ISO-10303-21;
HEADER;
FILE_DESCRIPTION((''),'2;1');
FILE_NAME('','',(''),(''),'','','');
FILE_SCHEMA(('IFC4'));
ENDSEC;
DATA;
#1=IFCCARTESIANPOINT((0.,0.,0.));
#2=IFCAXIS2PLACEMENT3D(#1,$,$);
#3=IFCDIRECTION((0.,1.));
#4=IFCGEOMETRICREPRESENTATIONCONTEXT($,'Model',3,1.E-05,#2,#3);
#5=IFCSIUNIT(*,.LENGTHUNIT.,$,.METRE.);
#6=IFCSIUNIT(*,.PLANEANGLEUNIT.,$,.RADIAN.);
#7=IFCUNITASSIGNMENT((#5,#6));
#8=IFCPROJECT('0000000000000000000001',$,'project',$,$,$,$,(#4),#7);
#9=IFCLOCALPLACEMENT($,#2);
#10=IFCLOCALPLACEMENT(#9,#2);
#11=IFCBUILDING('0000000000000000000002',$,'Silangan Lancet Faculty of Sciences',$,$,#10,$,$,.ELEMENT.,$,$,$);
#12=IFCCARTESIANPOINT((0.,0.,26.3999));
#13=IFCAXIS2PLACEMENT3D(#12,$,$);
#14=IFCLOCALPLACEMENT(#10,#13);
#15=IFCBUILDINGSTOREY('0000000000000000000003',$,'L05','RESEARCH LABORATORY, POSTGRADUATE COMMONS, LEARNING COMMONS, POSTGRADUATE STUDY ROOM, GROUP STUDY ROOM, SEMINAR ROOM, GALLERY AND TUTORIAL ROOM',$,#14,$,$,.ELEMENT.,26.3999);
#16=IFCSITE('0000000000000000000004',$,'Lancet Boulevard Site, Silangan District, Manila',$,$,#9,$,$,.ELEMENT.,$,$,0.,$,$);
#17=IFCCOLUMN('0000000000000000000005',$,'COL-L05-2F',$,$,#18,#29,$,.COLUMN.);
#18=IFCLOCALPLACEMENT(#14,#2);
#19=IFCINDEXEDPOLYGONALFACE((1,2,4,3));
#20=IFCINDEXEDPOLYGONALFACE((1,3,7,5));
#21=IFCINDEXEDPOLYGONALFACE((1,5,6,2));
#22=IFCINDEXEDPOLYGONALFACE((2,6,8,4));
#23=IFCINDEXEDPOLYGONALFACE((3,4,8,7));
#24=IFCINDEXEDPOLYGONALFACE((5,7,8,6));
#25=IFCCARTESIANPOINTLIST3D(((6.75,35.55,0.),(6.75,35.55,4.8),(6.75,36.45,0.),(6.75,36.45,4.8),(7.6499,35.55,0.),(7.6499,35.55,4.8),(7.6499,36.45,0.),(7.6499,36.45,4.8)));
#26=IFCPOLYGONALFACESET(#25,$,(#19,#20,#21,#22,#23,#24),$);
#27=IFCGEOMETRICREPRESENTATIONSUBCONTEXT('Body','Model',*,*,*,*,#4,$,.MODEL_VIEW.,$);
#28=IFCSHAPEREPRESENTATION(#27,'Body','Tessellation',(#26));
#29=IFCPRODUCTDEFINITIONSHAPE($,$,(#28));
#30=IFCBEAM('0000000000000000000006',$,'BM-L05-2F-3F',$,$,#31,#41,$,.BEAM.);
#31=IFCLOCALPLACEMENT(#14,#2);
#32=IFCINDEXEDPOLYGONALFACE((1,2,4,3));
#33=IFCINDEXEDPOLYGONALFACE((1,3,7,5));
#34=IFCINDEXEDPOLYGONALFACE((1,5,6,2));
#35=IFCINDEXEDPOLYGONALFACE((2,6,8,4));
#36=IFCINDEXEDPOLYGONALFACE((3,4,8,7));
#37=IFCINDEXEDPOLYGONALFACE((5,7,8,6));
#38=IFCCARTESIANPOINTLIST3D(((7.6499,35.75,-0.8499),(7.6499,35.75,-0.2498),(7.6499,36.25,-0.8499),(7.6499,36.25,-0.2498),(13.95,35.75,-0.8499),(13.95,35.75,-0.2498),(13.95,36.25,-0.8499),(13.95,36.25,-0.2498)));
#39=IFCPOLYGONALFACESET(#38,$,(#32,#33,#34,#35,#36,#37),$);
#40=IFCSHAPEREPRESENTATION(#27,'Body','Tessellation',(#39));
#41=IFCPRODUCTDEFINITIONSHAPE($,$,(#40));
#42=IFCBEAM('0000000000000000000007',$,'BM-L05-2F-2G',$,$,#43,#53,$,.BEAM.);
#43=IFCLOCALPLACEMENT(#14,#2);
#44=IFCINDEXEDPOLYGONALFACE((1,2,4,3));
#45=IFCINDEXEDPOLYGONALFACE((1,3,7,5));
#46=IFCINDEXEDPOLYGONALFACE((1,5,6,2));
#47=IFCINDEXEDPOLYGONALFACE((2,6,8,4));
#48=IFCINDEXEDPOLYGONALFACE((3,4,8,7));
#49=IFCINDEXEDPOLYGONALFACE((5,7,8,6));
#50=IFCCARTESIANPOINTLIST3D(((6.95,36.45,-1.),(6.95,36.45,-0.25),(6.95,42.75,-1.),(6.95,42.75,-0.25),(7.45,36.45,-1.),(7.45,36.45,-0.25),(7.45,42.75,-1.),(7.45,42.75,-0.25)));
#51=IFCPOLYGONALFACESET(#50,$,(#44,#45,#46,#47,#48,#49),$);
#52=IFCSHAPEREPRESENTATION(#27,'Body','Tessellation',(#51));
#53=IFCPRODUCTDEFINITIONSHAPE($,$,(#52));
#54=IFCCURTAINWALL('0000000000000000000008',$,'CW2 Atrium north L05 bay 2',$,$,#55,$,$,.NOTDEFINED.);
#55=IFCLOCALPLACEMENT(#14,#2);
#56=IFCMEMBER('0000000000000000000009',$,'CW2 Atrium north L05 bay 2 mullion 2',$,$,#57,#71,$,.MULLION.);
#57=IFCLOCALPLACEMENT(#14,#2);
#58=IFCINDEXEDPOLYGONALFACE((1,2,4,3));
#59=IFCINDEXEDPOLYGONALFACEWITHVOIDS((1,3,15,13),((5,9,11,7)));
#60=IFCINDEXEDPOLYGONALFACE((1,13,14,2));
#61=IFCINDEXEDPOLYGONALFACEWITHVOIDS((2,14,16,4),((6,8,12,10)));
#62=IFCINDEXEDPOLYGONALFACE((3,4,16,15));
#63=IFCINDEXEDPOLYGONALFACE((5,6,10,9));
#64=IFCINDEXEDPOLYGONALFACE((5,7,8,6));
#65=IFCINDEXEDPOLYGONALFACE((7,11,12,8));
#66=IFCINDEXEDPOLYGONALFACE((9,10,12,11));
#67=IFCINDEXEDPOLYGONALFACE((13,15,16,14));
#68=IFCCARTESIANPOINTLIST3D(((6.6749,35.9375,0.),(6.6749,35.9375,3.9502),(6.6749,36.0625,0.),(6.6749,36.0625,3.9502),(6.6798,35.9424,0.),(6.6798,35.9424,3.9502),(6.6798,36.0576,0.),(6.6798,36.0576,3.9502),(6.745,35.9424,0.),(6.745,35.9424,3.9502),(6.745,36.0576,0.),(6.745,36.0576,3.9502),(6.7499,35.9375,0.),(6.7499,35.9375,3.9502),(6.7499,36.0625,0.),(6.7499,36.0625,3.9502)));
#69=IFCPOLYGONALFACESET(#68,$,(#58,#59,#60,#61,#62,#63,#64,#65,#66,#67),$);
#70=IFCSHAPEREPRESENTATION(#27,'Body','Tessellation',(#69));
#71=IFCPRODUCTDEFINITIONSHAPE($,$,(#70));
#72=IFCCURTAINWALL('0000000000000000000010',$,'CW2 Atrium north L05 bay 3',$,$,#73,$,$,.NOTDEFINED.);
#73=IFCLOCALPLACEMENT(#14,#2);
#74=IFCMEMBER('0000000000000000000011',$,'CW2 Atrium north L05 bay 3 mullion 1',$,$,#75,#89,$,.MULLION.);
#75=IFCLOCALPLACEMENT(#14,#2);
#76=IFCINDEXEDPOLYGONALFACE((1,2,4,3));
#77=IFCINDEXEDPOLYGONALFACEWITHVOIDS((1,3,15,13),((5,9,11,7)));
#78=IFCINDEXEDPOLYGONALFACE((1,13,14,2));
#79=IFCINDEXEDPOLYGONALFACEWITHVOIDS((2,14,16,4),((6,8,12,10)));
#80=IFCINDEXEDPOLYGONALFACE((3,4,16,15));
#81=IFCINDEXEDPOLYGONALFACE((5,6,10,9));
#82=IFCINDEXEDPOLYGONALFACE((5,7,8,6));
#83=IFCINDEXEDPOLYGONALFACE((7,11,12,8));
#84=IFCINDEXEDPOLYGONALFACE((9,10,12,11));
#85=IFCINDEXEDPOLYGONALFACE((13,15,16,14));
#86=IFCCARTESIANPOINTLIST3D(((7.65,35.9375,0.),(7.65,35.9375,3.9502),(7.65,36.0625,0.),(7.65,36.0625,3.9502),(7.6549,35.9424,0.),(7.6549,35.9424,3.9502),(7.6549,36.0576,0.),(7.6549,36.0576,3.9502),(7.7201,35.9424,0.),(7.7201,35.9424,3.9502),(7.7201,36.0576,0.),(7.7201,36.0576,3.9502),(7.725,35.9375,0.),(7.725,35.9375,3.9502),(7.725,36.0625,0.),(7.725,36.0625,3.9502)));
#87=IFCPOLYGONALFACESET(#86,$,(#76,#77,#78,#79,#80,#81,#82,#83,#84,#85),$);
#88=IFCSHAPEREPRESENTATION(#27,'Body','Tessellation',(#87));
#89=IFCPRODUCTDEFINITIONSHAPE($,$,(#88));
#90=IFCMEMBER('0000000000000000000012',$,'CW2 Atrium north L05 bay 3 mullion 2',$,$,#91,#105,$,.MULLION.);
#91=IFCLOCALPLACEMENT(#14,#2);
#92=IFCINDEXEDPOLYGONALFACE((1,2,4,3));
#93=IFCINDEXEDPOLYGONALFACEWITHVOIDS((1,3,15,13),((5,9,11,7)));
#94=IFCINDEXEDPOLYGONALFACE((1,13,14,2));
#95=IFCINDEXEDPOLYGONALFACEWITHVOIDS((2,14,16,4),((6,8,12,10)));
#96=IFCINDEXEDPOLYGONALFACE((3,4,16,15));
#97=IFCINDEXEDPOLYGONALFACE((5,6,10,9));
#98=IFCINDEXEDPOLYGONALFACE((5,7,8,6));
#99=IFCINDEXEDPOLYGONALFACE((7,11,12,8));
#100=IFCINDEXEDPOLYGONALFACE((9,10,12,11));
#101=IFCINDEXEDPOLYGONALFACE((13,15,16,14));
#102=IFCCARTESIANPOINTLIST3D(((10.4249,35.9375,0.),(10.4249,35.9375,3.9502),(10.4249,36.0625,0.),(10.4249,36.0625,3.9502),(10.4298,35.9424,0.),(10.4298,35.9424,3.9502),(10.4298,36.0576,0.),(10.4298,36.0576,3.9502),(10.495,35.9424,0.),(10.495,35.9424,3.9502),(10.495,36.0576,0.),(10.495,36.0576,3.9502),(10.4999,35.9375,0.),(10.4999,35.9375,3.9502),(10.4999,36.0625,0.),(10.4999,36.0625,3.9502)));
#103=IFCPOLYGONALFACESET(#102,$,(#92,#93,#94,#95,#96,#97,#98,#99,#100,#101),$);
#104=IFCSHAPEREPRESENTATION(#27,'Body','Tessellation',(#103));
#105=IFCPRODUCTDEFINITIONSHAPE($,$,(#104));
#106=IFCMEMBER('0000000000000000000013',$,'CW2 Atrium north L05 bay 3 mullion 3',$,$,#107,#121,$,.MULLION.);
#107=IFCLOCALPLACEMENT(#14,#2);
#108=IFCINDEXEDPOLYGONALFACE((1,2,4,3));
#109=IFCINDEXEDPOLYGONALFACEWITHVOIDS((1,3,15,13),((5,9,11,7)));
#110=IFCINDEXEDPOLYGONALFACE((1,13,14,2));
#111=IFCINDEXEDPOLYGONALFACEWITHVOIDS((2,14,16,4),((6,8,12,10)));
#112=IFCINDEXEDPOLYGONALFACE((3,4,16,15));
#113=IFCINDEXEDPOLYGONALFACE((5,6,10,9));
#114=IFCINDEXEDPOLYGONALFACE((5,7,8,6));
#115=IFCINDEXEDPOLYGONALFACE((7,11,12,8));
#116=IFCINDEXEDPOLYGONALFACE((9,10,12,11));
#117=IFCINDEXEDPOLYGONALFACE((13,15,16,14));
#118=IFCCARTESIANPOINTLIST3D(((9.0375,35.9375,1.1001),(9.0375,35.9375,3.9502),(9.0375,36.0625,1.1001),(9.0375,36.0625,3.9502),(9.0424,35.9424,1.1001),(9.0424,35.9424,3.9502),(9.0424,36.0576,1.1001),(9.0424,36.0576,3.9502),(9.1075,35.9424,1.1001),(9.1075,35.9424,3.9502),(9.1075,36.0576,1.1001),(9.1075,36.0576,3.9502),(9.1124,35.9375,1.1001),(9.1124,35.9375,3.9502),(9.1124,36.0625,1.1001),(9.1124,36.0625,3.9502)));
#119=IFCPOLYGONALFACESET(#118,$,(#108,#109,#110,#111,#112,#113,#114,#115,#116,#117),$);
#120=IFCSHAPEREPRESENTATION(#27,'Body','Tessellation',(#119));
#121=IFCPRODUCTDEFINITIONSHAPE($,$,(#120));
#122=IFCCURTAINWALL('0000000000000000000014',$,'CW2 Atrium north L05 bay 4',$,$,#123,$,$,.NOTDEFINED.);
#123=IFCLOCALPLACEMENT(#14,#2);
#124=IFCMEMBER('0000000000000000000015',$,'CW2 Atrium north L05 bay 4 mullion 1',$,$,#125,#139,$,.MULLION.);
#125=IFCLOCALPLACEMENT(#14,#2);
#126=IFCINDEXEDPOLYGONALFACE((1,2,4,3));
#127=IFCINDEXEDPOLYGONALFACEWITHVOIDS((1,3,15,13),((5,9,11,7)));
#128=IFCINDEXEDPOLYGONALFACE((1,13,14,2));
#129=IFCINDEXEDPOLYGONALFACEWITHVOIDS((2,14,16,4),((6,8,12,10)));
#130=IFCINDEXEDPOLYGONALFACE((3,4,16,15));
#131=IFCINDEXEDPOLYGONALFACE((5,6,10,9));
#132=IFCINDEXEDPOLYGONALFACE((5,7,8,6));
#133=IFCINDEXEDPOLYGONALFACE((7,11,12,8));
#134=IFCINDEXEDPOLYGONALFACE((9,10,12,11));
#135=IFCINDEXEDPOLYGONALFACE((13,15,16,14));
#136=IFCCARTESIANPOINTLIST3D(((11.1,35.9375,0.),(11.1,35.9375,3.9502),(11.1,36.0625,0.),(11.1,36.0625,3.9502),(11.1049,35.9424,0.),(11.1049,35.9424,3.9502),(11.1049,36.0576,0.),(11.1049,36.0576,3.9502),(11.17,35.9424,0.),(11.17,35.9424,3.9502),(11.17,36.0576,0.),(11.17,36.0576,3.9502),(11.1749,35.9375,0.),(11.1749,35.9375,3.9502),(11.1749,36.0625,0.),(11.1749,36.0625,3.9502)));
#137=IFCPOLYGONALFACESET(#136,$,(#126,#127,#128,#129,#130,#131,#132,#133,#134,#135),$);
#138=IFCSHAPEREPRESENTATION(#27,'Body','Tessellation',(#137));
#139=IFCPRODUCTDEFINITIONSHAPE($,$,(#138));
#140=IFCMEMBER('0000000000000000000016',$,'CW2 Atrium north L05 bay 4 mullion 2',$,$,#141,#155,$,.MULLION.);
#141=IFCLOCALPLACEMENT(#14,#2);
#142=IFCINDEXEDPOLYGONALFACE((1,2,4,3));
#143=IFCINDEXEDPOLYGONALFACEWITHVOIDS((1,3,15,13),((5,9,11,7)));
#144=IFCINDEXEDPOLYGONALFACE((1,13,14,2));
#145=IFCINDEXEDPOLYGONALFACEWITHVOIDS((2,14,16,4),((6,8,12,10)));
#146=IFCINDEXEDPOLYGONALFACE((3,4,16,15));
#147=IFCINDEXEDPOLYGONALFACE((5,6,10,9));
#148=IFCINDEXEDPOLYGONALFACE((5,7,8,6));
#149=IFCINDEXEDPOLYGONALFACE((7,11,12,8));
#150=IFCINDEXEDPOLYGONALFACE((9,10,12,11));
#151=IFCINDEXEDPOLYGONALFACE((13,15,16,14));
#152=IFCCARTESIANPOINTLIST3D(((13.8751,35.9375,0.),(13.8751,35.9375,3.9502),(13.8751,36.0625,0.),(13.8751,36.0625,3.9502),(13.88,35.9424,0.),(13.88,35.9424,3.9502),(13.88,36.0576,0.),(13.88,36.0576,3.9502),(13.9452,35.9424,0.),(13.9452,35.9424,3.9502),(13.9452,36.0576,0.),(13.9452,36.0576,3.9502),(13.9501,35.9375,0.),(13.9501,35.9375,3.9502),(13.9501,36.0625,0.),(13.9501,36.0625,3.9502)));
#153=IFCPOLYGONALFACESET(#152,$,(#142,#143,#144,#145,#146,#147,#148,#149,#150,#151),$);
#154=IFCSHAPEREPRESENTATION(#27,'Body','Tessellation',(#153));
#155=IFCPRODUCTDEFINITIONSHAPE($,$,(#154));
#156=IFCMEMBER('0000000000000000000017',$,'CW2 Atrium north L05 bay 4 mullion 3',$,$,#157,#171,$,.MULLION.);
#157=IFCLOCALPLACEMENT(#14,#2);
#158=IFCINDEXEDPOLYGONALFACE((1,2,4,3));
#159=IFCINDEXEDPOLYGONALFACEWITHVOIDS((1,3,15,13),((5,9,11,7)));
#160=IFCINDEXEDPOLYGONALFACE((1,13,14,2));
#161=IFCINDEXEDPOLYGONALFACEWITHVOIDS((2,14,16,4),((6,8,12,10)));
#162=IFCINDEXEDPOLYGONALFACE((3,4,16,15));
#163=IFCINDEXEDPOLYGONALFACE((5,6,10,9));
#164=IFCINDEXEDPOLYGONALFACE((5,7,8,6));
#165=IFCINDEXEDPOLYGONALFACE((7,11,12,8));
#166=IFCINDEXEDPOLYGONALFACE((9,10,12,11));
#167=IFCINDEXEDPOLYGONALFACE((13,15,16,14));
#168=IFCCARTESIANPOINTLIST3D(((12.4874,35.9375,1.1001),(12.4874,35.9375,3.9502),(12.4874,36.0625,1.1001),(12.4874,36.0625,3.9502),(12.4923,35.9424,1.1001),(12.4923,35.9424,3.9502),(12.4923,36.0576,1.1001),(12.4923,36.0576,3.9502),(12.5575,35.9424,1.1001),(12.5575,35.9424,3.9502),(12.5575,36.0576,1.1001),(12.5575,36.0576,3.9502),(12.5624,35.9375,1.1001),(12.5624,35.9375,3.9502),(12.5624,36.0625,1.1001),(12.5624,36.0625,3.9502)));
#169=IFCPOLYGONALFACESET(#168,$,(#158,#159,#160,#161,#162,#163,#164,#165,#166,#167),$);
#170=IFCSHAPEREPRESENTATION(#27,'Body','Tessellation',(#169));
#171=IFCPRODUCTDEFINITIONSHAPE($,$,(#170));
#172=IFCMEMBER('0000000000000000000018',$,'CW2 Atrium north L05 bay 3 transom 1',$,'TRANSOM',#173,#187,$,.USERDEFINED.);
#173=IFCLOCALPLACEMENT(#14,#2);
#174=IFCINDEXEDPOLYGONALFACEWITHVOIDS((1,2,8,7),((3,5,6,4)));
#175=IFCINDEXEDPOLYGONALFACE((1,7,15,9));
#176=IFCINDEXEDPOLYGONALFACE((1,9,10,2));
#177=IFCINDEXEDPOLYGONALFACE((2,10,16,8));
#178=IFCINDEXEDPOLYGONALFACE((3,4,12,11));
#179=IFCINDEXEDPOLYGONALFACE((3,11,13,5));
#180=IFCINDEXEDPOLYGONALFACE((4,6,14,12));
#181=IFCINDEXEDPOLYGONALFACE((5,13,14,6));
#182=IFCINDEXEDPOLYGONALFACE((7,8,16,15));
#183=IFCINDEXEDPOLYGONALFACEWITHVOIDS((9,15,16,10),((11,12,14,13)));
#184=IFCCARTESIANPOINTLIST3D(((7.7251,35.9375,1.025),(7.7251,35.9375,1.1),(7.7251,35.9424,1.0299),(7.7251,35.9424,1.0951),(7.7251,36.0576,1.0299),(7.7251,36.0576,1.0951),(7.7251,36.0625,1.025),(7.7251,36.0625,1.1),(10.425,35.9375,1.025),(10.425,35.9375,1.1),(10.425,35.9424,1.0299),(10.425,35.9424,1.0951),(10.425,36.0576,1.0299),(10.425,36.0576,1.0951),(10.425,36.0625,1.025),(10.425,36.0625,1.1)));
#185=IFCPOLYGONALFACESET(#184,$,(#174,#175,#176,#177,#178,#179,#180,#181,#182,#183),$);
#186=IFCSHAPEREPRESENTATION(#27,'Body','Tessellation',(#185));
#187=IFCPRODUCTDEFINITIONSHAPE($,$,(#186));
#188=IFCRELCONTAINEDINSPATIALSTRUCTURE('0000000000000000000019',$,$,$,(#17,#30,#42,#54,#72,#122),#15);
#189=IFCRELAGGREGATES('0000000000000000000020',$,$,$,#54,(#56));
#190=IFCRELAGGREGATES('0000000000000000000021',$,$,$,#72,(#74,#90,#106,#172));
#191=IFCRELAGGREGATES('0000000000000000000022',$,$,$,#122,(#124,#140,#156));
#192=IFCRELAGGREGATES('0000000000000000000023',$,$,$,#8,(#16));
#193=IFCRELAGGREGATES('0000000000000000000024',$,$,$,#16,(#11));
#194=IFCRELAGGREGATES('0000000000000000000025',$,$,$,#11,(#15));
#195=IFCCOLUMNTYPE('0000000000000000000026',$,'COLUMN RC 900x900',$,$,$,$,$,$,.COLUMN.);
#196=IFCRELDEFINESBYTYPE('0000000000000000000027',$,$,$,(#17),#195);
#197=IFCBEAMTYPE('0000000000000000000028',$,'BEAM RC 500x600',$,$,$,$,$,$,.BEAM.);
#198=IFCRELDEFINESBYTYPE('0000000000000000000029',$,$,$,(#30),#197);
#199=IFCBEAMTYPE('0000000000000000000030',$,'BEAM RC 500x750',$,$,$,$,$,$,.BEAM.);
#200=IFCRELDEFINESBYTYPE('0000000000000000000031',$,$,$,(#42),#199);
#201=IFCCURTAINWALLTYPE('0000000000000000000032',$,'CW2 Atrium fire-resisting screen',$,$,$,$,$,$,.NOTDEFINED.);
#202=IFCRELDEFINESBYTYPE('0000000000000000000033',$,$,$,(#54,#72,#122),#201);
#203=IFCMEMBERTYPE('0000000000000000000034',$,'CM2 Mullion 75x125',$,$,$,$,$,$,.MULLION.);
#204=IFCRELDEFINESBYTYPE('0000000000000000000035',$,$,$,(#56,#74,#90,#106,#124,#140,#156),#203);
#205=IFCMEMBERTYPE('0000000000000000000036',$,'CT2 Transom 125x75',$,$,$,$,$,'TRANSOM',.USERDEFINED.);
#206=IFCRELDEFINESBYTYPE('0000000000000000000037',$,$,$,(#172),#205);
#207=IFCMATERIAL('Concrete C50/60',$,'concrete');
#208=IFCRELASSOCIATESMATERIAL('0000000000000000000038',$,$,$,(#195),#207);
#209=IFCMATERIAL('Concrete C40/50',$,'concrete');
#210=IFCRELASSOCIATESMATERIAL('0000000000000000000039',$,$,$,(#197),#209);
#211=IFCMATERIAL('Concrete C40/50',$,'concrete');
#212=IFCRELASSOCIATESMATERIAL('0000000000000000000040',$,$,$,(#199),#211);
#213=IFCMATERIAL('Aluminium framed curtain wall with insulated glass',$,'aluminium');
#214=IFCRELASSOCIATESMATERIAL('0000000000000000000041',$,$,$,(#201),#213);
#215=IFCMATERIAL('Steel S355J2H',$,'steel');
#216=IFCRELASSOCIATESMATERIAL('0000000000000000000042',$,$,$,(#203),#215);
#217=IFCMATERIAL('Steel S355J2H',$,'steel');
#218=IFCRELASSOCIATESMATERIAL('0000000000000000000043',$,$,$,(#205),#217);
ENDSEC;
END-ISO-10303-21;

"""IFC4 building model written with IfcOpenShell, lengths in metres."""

from ifc_helpers import new_model, si_unit, direction, frame, origin, origin_2d, place, context, subcontext, project, spatial, rectangle, hollow_rectangle, extrude, material, material_profile, profile_set, type_object, element, aggregate, save


model = new_model("IFC4")

# Units and contexts
model_context = context("Model", 3, precision=1e-05, world=origin(), true_north=direction((0.0, 1.0)))
body_context = subcontext(model_context, "Body", "Model", "MODEL_VIEW")
ifc_project = project(units=[si_unit("LENGTHUNIT", "METRE"), si_unit("PLANEANGLEUNIT", "RADIAN")], contexts=[model_context])

# Site, building, storey
site_placement = place(None, origin())
site = spatial("IfcSite", under=ifc_project, at=site_placement, Name="Lancet Boulevard Site, Silangan District, Manila", CompositionType="ELEMENT", RefElevation=0.0)
building_placement = place(site_placement, origin())
building = spatial("IfcBuilding", under=site, at=building_placement, Name="Silangan Lancet Faculty of Sciences", CompositionType="ELEMENT")
storey_placement = place(building_placement, frame((0.0, 0.0, 26.3999)))
storey = spatial("IfcBuildingStorey", under=building, at=storey_placement, Name="L05", Description="RESEARCH LABORATORY, POSTGRADUATE COMMONS, LEARNING COMMONS, POSTGRADUATE STUDY ROOM, GROUP STUDY ROOM, SEMINAR ROOM, GALLERY AND TUTORIAL ROOM", CompositionType="ELEMENT", Elevation=26.3999)

# Column
ifc_material_1 = material(Name="Concrete C50/60", Category="concrete")
ifc_material_profile_1 = material_profile(ifc_material_1, rectangle(XDim=0.8999, YDim=0.8999, at=origin_2d()), Name="RC 900x900")
ifc_profile_set_1 = profile_set([ifc_material_profile_1], Name="Concrete C50/60")
column_type = type_object("IfcColumnType", Name="COLUMN RC 900x900", PredefinedType="COLUMN", material=ifc_profile_set_1)
column_placement = place(storey_placement, frame((7.2, 36.0, 0.0), z_axis=(0.0, 0.0, 1.0), x_axis=(1.0, 0.0, 0.0)))
element("IfcColumn", 1, at=column_placement, inside=storey, type_object=column_type, Name="COL-L05-2F", PredefinedType="COLUMN", context=body_context, shape_type="SweptSolid", body=[
    extrude(rectangle(XDim=0.8999, YDim=0.8999, at=origin_2d()), origin(), (0.0, 0.0, 1.0), 4.8),
])

# Beams
ifc_material_2 = material(Name="Concrete C40/50", Category="concrete")
ifc_material_profile_2 = material_profile(ifc_material_2, rectangle(XDim=0.5, YDim=0.6001, at=origin_2d()), Name="RC 500x600")
ifc_profile_set_2 = profile_set([ifc_material_profile_2], Name="Concrete C40/50")
beam_type_1 = type_object("IfcBeamType", Name="BEAM RC 500x600", PredefinedType="BEAM", material=ifc_profile_set_2)
beam_1_placement = place(storey_placement, frame((7.6499, 36.0, -0.5498), z_axis=(1.0, 0.0, 0.0), x_axis=(0.0, 1.0, 0.0)))
element("IfcBeam", 2, at=beam_1_placement, inside=storey, type_object=beam_type_1, Name="BM-L05-2F-3F", PredefinedType="BEAM", context=body_context, shape_type="SweptSolid", body=[
    extrude(rectangle(XDim=0.5, YDim=0.6001, at=origin_2d()), origin(), (0.0, 0.0, 1.0), 6.3),
])
ifc_material_3 = material(Name="Concrete C40/50", Category="concrete")
ifc_material_profile_3 = material_profile(ifc_material_3, rectangle(XDim=0.5, YDim=0.75, at=origin_2d()), Name="RC 500x750")
ifc_profile_set_3 = profile_set([ifc_material_profile_3], Name="Concrete C40/50")
beam_type_2 = type_object("IfcBeamType", Name="BEAM RC 500x750", PredefinedType="BEAM", material=ifc_profile_set_3)
beam_2_placement = place(storey_placement, frame((7.2, 36.45, -0.625), z_axis=(0.0, 1.0, 0.0), x_axis=(-1.0, 0.0, 0.0)))
element("IfcBeam", 3, at=beam_2_placement, inside=storey, type_object=beam_type_2, Name="BM-L05-2F-2G", PredefinedType="BEAM", context=body_context, shape_type="SweptSolid", body=[
    extrude(rectangle(XDim=0.5, YDim=0.75, at=origin_2d()), origin(), (0.0, 0.0, 1.0), 6.3),
])

# Curtain wall, member
ifc_material_4 = material(Name="Aluminium framed curtain wall with insulated glass", Category="aluminium")
curtain_wall_type = type_object("IfcCurtainWallType", Name="CW2 Atrium fire-resisting screen", PredefinedType="NOTDEFINED", material=ifc_material_4)
curtain_wall_1_placement = place(storey_placement, origin())
curtain_wall_1 = element("IfcCurtainWall", 4, at=curtain_wall_1_placement, inside=storey, type_object=curtain_wall_type, Name="CW2 Atrium north L05 bay 2", PredefinedType="NOTDEFINED")
ifc_material_5 = material(Name="Steel S355J2H", Category="steel")
ifc_material_profile_4 = material_profile(ifc_material_5, hollow_rectangle(XDim=0.075, YDim=0.125, WallThickness=0.0049, at=origin_2d()), Name="ST BOX 75x125x5")
ifc_profile_set_4 = profile_set([ifc_material_profile_4], Name="Steel S355J2H")
member_type_1 = type_object("IfcMemberType", Name="CM2 Mullion 75x125", PredefinedType="MULLION", material=ifc_profile_set_4)
member_1_placement = place(storey_placement, frame((6.7124, 36.0, 0.0), z_axis=(0.0, 0.0, 1.0), x_axis=(1.0, 0.0, 0.0)))
member_1 = element("IfcMember", 5, at=member_1_placement, type_object=member_type_1, Name="CW2 Atrium north L05 bay 2 mullion 2", PredefinedType="MULLION", context=body_context, shape_type="SweptSolid", body=[
    extrude(hollow_rectangle(XDim=0.075, YDim=0.125, WallThickness=0.0049, at=origin_2d()), origin(), (0.0, 0.0, 1.0), 3.9502),
])

# Curtain walls, members
curtain_wall_2_placement = place(storey_placement, origin())
curtain_wall_2 = element("IfcCurtainWall", 6, at=curtain_wall_2_placement, inside=storey, type_object=curtain_wall_type, Name="CW2 Atrium north L05 bay 3", PredefinedType="NOTDEFINED")
member_2_placement = place(storey_placement, frame((7.6875, 36.0, 0.0), z_axis=(0.0, 0.0, 1.0), x_axis=(1.0, 0.0, 0.0)))
member_2 = element("IfcMember", 7, at=member_2_placement, type_object=member_type_1, Name="CW2 Atrium north L05 bay 3 mullion 1", PredefinedType="MULLION", context=body_context, shape_type="SweptSolid", body=[
    extrude(hollow_rectangle(XDim=0.075, YDim=0.125, WallThickness=0.0049, at=origin_2d()), origin(), (0.0, 0.0, 1.0), 3.9502),
])
member_3_placement = place(storey_placement, frame((10.4624, 36.0, 0.0), z_axis=(0.0, 0.0, 1.0), x_axis=(1.0, 0.0, 0.0)))
member_3 = element("IfcMember", 8, at=member_3_placement, type_object=member_type_1, Name="CW2 Atrium north L05 bay 3 mullion 2", PredefinedType="MULLION", context=body_context, shape_type="SweptSolid", body=[
    extrude(hollow_rectangle(XDim=0.075, YDim=0.125, WallThickness=0.0049, at=origin_2d()), origin(), (0.0, 0.0, 1.0), 3.9502),
])
member_4_placement = place(storey_placement, frame((9.075, 36.0, 1.1001), z_axis=(0.0, 0.0, 1.0), x_axis=(1.0, 0.0, 0.0)))
member_4 = element("IfcMember", 9, at=member_4_placement, type_object=member_type_1, Name="CW2 Atrium north L05 bay 3 mullion 3", PredefinedType="MULLION", context=body_context, shape_type="SweptSolid", body=[
    extrude(hollow_rectangle(XDim=0.075, YDim=0.125, WallThickness=0.0049, at=origin_2d()), origin(), (0.0, 0.0, 1.0), 2.8501),
])
curtain_wall_3_placement = place(storey_placement, origin())
curtain_wall_3 = element("IfcCurtainWall", 10, at=curtain_wall_3_placement, inside=storey, type_object=curtain_wall_type, Name="CW2 Atrium north L05 bay 4", PredefinedType="NOTDEFINED")
member_5_placement = place(storey_placement, frame((11.1375, 36.0, 0.0), z_axis=(0.0, 0.0, 1.0), x_axis=(1.0, 0.0, 0.0)))
member_5 = element("IfcMember", 11, at=member_5_placement, type_object=member_type_1, Name="CW2 Atrium north L05 bay 4 mullion 1", PredefinedType="MULLION", context=body_context, shape_type="SweptSolid", body=[
    extrude(hollow_rectangle(XDim=0.075, YDim=0.125, WallThickness=0.0049, at=origin_2d()), origin(), (0.0, 0.0, 1.0), 3.9502),
])
member_6_placement = place(storey_placement, frame((13.9126, 36.0, 0.0), z_axis=(0.0, 0.0, 1.0), x_axis=(1.0, 0.0, 0.0)))
member_6 = element("IfcMember", 12, at=member_6_placement, type_object=member_type_1, Name="CW2 Atrium north L05 bay 4 mullion 2", PredefinedType="MULLION", context=body_context, shape_type="SweptSolid", body=[
    extrude(hollow_rectangle(XDim=0.075, YDim=0.125, WallThickness=0.0049, at=origin_2d()), origin(), (0.0, 0.0, 1.0), 3.9502),
])
member_7_placement = place(storey_placement, frame((12.5249, 36.0, 1.1001), z_axis=(0.0, 0.0, 1.0), x_axis=(1.0, 0.0, 0.0)))
member_7 = element("IfcMember", 13, at=member_7_placement, type_object=member_type_1, Name="CW2 Atrium north L05 bay 4 mullion 3", PredefinedType="MULLION", context=body_context, shape_type="SweptSolid", body=[
    extrude(hollow_rectangle(XDim=0.075, YDim=0.125, WallThickness=0.0049, at=origin_2d()), origin(), (0.0, 0.0, 1.0), 2.8501),
])

# Member
ifc_material_6 = material(Name="Steel S355J2H", Category="steel")
ifc_material_profile_5 = material_profile(ifc_material_6, hollow_rectangle(XDim=0.125, YDim=0.075, WallThickness=0.0049, at=origin_2d()), Name="ST BOX 125x75x5")
ifc_profile_set_5 = profile_set([ifc_material_profile_5], Name="Steel S355J2H")
member_type_2 = type_object("IfcMemberType", Name="CT2 Transom 125x75", ElementType="TRANSOM", PredefinedType="USERDEFINED", material=ifc_profile_set_5)
member_8_placement = place(storey_placement, frame((7.7251, 36.0, 1.0625), z_axis=(1.0, 0.0, 0.0), x_axis=(0.0, 1.0, 0.0)))
member_8 = element("IfcMember", 14, at=member_8_placement, type_object=member_type_2, Name="CW2 Atrium north L05 bay 3 transom 1", ObjectType="TRANSOM", PredefinedType="USERDEFINED", context=body_context, shape_type="SweptSolid", body=[
    extrude(hollow_rectangle(XDim=0.125, YDim=0.075, WallThickness=0.0049, at=origin_2d()), origin(), (0.0, 0.0, 1.0), 2.7),
])

aggregate(curtain_wall_1, [member_1])
aggregate(curtain_wall_2, [member_2, member_3, member_4, member_8])
aggregate(curtain_wall_3, [member_5, member_6, member_7])

save(model, "model.ifc")
